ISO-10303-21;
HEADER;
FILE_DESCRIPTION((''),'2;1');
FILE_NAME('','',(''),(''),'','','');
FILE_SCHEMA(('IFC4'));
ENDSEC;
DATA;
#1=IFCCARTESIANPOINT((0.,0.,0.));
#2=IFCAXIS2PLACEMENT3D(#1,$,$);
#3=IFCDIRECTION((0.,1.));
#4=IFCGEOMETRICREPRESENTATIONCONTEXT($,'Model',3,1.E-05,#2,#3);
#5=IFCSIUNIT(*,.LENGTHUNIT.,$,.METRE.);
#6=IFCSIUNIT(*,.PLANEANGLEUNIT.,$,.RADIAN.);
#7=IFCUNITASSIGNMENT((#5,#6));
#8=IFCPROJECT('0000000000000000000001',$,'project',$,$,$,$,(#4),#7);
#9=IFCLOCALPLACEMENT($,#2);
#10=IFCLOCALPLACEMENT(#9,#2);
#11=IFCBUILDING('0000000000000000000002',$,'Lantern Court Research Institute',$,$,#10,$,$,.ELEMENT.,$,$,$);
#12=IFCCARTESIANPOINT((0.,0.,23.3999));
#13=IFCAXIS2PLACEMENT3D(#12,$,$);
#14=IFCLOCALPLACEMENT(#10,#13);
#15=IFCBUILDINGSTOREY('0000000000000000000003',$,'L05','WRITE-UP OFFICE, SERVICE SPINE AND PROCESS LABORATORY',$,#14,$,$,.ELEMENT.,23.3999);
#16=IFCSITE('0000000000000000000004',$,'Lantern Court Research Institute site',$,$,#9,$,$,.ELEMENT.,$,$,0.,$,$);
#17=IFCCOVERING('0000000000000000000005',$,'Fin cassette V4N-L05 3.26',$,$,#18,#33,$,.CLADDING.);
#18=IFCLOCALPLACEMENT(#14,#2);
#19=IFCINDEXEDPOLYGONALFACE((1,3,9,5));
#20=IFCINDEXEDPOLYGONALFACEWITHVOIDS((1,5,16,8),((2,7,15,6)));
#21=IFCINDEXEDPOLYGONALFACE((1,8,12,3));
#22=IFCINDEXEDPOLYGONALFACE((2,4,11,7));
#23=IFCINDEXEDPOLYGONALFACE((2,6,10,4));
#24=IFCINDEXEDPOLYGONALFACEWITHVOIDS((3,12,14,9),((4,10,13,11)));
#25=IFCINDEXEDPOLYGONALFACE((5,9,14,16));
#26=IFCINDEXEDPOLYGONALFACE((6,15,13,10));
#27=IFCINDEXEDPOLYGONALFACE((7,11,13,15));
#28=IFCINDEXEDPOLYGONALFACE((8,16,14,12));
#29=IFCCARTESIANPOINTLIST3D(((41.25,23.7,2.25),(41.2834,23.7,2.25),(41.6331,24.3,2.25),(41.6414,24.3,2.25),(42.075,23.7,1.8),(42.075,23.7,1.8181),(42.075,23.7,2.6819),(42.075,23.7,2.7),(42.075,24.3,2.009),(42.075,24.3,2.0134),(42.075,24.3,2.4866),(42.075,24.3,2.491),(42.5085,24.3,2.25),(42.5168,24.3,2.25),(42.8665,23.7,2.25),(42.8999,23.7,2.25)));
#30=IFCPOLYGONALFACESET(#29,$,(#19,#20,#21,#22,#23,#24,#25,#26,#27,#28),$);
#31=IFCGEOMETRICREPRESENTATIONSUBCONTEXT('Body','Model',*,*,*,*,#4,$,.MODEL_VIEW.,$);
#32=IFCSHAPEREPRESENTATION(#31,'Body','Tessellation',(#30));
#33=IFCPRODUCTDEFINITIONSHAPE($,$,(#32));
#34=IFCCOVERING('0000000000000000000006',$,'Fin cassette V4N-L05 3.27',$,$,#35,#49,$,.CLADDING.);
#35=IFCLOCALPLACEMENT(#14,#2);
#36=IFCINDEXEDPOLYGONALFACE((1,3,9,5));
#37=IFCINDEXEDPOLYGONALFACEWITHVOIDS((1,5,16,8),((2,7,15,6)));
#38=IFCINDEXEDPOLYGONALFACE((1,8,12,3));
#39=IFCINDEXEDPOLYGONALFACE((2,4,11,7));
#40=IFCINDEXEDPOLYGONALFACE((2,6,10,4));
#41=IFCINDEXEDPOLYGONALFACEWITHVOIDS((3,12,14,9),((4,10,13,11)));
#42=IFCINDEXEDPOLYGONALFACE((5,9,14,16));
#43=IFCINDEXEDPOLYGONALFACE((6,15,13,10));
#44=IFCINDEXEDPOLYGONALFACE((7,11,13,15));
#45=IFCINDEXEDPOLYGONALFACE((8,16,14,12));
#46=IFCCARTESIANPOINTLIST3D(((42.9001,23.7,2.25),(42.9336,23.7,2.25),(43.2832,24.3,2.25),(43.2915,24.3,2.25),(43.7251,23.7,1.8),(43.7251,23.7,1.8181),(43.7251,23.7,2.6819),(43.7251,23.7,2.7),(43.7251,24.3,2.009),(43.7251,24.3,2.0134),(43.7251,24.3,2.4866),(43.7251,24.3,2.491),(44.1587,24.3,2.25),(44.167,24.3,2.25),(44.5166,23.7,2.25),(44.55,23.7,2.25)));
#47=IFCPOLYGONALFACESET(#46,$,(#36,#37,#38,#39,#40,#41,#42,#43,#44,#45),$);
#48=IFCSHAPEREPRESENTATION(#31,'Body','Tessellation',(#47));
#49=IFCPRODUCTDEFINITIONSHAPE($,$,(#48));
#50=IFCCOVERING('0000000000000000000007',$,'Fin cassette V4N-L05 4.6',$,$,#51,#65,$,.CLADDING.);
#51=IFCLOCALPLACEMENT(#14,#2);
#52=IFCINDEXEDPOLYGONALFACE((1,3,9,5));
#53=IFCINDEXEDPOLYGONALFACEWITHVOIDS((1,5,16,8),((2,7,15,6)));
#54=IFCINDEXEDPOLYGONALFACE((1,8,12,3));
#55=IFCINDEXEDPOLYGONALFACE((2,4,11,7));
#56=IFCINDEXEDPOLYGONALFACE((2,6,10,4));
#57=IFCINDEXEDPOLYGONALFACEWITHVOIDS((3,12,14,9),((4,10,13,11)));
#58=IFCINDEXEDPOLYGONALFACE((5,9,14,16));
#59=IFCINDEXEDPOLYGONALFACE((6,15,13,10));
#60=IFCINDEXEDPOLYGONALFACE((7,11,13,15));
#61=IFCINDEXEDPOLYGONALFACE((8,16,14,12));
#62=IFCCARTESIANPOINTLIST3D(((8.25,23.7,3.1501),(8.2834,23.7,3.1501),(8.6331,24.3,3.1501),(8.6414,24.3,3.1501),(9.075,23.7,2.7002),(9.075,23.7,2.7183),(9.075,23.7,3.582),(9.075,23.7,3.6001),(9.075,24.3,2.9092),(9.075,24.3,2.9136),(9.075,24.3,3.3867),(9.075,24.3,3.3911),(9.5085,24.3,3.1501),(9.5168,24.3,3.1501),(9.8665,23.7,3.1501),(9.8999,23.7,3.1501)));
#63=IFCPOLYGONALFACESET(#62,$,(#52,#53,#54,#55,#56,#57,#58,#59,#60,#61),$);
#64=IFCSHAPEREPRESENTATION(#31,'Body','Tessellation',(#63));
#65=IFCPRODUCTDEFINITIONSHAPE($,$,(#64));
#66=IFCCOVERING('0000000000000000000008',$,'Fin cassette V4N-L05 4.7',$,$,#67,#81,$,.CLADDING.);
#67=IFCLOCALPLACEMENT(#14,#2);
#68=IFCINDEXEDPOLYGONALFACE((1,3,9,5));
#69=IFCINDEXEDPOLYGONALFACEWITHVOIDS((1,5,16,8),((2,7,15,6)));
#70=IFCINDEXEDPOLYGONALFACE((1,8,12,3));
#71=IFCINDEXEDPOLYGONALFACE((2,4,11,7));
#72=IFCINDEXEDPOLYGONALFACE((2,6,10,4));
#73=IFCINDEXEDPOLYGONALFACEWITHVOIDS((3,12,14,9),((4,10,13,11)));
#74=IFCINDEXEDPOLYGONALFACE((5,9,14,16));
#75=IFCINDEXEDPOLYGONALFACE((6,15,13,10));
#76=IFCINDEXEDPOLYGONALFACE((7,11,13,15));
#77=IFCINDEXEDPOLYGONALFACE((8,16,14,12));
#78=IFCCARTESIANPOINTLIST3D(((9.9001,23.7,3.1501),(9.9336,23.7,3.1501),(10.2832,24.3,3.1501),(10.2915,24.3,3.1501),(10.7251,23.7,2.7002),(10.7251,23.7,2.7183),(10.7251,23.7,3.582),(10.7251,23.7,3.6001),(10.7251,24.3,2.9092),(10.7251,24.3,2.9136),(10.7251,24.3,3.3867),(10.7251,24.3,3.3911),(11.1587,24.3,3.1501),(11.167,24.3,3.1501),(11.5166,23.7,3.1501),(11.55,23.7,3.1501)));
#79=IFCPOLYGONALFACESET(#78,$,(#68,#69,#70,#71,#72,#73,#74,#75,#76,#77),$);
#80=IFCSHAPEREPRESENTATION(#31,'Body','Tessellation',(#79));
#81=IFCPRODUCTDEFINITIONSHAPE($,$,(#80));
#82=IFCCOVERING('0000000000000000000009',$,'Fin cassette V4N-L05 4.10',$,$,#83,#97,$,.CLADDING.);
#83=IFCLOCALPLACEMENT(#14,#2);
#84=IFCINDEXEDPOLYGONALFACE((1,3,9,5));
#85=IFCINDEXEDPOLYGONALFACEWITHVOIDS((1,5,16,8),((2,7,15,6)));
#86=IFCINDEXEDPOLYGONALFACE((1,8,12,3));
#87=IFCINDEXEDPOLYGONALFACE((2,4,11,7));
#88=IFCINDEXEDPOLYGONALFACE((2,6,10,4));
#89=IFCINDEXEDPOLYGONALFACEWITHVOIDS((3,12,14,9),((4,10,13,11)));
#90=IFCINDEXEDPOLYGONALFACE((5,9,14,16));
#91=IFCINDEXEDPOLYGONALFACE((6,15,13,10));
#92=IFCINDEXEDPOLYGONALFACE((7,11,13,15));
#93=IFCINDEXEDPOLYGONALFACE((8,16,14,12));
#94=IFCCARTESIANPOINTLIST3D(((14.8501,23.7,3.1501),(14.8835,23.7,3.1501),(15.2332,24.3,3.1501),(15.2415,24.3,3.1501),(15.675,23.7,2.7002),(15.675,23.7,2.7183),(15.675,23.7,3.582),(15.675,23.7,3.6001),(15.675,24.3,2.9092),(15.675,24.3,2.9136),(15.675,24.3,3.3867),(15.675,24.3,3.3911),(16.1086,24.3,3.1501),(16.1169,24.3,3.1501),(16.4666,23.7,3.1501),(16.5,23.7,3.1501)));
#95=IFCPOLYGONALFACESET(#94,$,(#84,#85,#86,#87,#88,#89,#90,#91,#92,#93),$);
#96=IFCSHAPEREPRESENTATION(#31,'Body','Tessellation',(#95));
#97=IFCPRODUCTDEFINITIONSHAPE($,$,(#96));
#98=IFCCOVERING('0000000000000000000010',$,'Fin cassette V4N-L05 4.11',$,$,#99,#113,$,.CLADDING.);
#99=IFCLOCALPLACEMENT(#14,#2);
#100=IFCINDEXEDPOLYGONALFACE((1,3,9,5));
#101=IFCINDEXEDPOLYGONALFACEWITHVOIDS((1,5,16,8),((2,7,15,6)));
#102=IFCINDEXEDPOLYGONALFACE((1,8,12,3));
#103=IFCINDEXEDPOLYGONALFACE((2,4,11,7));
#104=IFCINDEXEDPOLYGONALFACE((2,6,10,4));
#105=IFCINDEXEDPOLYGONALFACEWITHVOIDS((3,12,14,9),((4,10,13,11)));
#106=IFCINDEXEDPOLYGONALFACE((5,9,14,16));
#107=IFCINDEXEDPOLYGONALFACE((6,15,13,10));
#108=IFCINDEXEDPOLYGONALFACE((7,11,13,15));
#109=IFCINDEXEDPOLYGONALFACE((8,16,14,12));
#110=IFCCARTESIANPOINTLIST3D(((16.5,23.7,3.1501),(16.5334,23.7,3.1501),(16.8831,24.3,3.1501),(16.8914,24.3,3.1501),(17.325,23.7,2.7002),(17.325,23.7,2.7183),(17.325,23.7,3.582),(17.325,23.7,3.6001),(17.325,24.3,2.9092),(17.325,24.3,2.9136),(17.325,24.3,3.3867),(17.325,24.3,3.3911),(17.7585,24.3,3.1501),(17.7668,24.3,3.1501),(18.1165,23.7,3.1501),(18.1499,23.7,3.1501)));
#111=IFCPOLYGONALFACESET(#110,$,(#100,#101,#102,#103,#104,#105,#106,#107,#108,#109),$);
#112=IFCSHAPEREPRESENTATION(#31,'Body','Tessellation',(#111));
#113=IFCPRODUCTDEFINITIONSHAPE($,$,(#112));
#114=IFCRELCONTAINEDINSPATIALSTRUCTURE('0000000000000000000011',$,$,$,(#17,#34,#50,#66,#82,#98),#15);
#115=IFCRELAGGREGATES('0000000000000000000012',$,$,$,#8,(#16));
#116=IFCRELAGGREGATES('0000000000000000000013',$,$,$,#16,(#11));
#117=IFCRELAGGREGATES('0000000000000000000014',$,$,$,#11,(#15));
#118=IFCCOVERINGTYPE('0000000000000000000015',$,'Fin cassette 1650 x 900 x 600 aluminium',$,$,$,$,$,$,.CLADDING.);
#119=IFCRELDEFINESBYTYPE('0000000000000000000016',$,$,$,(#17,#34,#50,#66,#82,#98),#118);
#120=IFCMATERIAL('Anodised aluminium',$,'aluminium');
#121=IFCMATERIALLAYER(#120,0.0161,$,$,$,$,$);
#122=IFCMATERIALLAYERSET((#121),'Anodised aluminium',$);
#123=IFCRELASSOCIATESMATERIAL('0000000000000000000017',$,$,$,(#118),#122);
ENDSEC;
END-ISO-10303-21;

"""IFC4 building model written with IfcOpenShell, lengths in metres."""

from ifc_helpers import new_model, entity, si_unit, direction, frame, origin, place, context, subcontext, project, spatial, material, layer, layer_set, type_object, element, save


model = new_model("IFC4")

# Units and contexts
model_context = context("Model", 3, precision=1e-05, world=origin(), true_north=direction((0.0, 1.0)))
body_context = subcontext(model_context, "Body", "Model", "MODEL_VIEW")
ifc_project = project(units=[si_unit("LENGTHUNIT", "METRE"), si_unit("PLANEANGLEUNIT", "RADIAN")], contexts=[model_context])

# Site, building, storey
site_placement = place(None, origin())
site = spatial("IfcSite", under=ifc_project, at=site_placement, Name="Lantern Court Research Institute site", CompositionType="ELEMENT", RefElevation=0.0)
building_placement = place(site_placement, origin())
building = spatial("IfcBuilding", under=site, at=building_placement, Name="Lantern Court Research Institute", CompositionType="ELEMENT")
storey_placement = place(building_placement, frame((0.0, 0.0, 23.3999)))
storey = spatial("IfcBuildingStorey", under=building, at=storey_placement, Name="L05", Description="WRITE-UP OFFICE, SERVICE SPINE AND PROCESS LABORATORY", CompositionType="ELEMENT", Elevation=23.3999)

# Coverings
ifc_material_1 = material(Name="Anodised aluminium", Category="aluminium")
ifc_layer_1 = layer(ifc_material_1, 0.0161)
ifc_layer_set_1 = layer_set([ifc_layer_1], Name="Anodised aluminium")
covering_type_1 = type_object("IfcCoveringType", Name="Fin cassette 1650 x 900 x 600 aluminium", PredefinedType="CLADDING", material=ifc_layer_set_1)
covering_1_placement = place(storey_placement, frame((42.075, 23.7, 2.25), z_axis=(0.0, 1.0, 0.0), x_axis=(-1.0, 0.0, 0.0)))
cartesian_point_1 = entity("IfcCartesianPoint", [0.825, 0.0])
cartesian_point_2 = entity("IfcCartesianPoint", [0.7915, 0.0])
cartesian_point_3 = entity("IfcCartesianPoint", [0.4419, 0.0])
cartesian_point_4 = entity("IfcCartesianPoint", [0.4336, 0.0])
element("IfcCovering", 1, at=covering_1_placement, inside=storey, type_object=covering_type_1, Name="Fin cassette V4N-L05 3.26", PredefinedType="CLADDING", context=body_context, shape_type="SweptSolid", body=[
    entity("IfcExtrudedAreaSolidTapered", entity("IfcArbitraryProfileDefWithVoids", "AREA", None, entity("IfcPolyline", [cartesian_point_1, entity("IfcCartesianPoint", [0.0, 0.45]), entity("IfcCartesianPoint", [-0.825, 0.0]), entity("IfcCartesianPoint", [0.0, -0.45]), cartesian_point_1]), [entity("IfcPolyline", [cartesian_point_2, entity("IfcCartesianPoint", [0.0, 0.4319]), entity("IfcCartesianPoint", [-0.7915, 0.0]), entity("IfcCartesianPoint", [0.0, -0.4319]), cartesian_point_2])]), entity("IfcAxis2Placement3D", entity("IfcCartesianPoint", [0.0, 0.0, 0.0])), entity("IfcDirection", [0.0, 0.0, 1.0]), 0.6001, entity("IfcArbitraryProfileDefWithVoids", "AREA", None, entity("IfcPolyline", [cartesian_point_3, entity("IfcCartesianPoint", [0.0, 0.241]), entity("IfcCartesianPoint", [-0.4419, 0.0]), entity("IfcCartesianPoint", [0.0, -0.241]), cartesian_point_3]), [entity("IfcPolyline", [cartesian_point_4, entity("IfcCartesianPoint", [0.0, 0.2366]), entity("IfcCartesianPoint", [-0.4336, 0.0]), entity("IfcCartesianPoint", [0.0, -0.2366]), cartesian_point_4])])),
])
covering_2_placement = place(storey_placement, frame((43.7251, 23.7, 2.25), z_axis=(0.0, 1.0, 0.0), x_axis=(-1.0, 0.0, 0.0)))
cartesian_point_5 = entity("IfcCartesianPoint", [0.825, 0.0])
cartesian_point_6 = entity("IfcCartesianPoint", [0.7915, 0.0])
cartesian_point_7 = entity("IfcCartesianPoint", [0.4419, 0.0])
cartesian_point_8 = entity("IfcCartesianPoint", [0.4336, 0.0])
element("IfcCovering", 2, at=covering_2_placement, inside=storey, type_object=covering_type_1, Name="Fin cassette V4N-L05 3.27", PredefinedType="CLADDING", context=body_context, shape_type="SweptSolid", body=[
    entity("IfcExtrudedAreaSolidTapered", entity("IfcArbitraryProfileDefWithVoids", "AREA", None, entity("IfcPolyline", [cartesian_point_5, entity("IfcCartesianPoint", [0.0, 0.45]), entity("IfcCartesianPoint", [-0.825, 0.0]), entity("IfcCartesianPoint", [0.0, -0.45]), cartesian_point_5]), [entity("IfcPolyline", [cartesian_point_6, entity("IfcCartesianPoint", [0.0, 0.4319]), entity("IfcCartesianPoint", [-0.7915, 0.0]), entity("IfcCartesianPoint", [0.0, -0.4319]), cartesian_point_6])]), entity("IfcAxis2Placement3D", entity("IfcCartesianPoint", [0.0, 0.0, 0.0])), entity("IfcDirection", [0.0, 0.0, 1.0]), 0.6001, entity("IfcArbitraryProfileDefWithVoids", "AREA", None, entity("IfcPolyline", [cartesian_point_7, entity("IfcCartesianPoint", [0.0, 0.241]), entity("IfcCartesianPoint", [-0.4419, 0.0]), entity("IfcCartesianPoint", [0.0, -0.241]), cartesian_point_7]), [entity("IfcPolyline", [cartesian_point_8, entity("IfcCartesianPoint", [0.0, 0.2366]), entity("IfcCartesianPoint", [-0.4336, 0.0]), entity("IfcCartesianPoint", [0.0, -0.2366]), cartesian_point_8])])),
])
covering_3_placement = place(storey_placement, frame((9.075, 23.7, 3.1501), z_axis=(0.0, 1.0, 0.0), x_axis=(-1.0, 0.0, 0.0)))
cartesian_point_9 = entity("IfcCartesianPoint", [0.825, 0.0])
cartesian_point_10 = entity("IfcCartesianPoint", [0.7915, 0.0])
cartesian_point_11 = entity("IfcCartesianPoint", [0.4419, 0.0])
cartesian_point_12 = entity("IfcCartesianPoint", [0.4336, 0.0])
element("IfcCovering", 3, at=covering_3_placement, inside=storey, type_object=covering_type_1, Name="Fin cassette V4N-L05 4.6", PredefinedType="CLADDING", context=body_context, shape_type="SweptSolid", body=[
    entity("IfcExtrudedAreaSolidTapered", entity("IfcArbitraryProfileDefWithVoids", "AREA", None, entity("IfcPolyline", [cartesian_point_9, entity("IfcCartesianPoint", [0.0, 0.45]), entity("IfcCartesianPoint", [-0.825, 0.0]), entity("IfcCartesianPoint", [0.0, -0.45]), cartesian_point_9]), [entity("IfcPolyline", [cartesian_point_10, entity("IfcCartesianPoint", [0.0, 0.4319]), entity("IfcCartesianPoint", [-0.7915, 0.0]), entity("IfcCartesianPoint", [0.0, -0.4319]), cartesian_point_10])]), entity("IfcAxis2Placement3D", entity("IfcCartesianPoint", [0.0, 0.0, 0.0])), entity("IfcDirection", [0.0, 0.0, 1.0]), 0.6001, entity("IfcArbitraryProfileDefWithVoids", "AREA", None, entity("IfcPolyline", [cartesian_point_11, entity("IfcCartesianPoint", [0.0, 0.241]), entity("IfcCartesianPoint", [-0.4419, 0.0]), entity("IfcCartesianPoint", [0.0, -0.241]), cartesian_point_11]), [entity("IfcPolyline", [cartesian_point_12, entity("IfcCartesianPoint", [0.0, 0.2366]), entity("IfcCartesianPoint", [-0.4336, 0.0]), entity("IfcCartesianPoint", [0.0, -0.2366]), cartesian_point_12])])),
])
covering_4_placement = place(storey_placement, frame((10.7251, 23.7, 3.1501), z_axis=(0.0, 1.0, 0.0), x_axis=(-1.0, 0.0, 0.0)))
cartesian_point_13 = entity("IfcCartesianPoint", [0.825, 0.0])
cartesian_point_14 = entity("IfcCartesianPoint", [0.7915, 0.0])
cartesian_point_15 = entity("IfcCartesianPoint", [0.4419, 0.0])
cartesian_point_16 = entity("IfcCartesianPoint", [0.4336, 0.0])
element("IfcCovering", 4, at=covering_4_placement, inside=storey, type_object=covering_type_1, Name="Fin cassette V4N-L05 4.7", PredefinedType="CLADDING", context=body_context, shape_type="SweptSolid", body=[
    entity("IfcExtrudedAreaSolidTapered", entity("IfcArbitraryProfileDefWithVoids", "AREA", None, entity("IfcPolyline", [cartesian_point_13, entity("IfcCartesianPoint", [0.0, 0.45]), entity("IfcCartesianPoint", [-0.825, 0.0]), entity("IfcCartesianPoint", [0.0, -0.45]), cartesian_point_13]), [entity("IfcPolyline", [cartesian_point_14, entity("IfcCartesianPoint", [0.0, 0.4319]), entity("IfcCartesianPoint", [-0.7915, 0.0]), entity("IfcCartesianPoint", [0.0, -0.4319]), cartesian_point_14])]), entity("IfcAxis2Placement3D", entity("IfcCartesianPoint", [0.0, 0.0, 0.0])), entity("IfcDirection", [0.0, 0.0, 1.0]), 0.6001, entity("IfcArbitraryProfileDefWithVoids", "AREA", None, entity("IfcPolyline", [cartesian_point_15, entity("IfcCartesianPoint", [0.0, 0.241]), entity("IfcCartesianPoint", [-0.4419, 0.0]), entity("IfcCartesianPoint", [0.0, -0.241]), cartesian_point_15]), [entity("IfcPolyline", [cartesian_point_16, entity("IfcCartesianPoint", [0.0, 0.2366]), entity("IfcCartesianPoint", [-0.4336, 0.0]), entity("IfcCartesianPoint", [0.0, -0.2366]), cartesian_point_16])])),
])
covering_5_placement = place(storey_placement, frame((15.675, 23.7, 3.1501), z_axis=(0.0, 1.0, 0.0), x_axis=(-1.0, 0.0, 0.0)))
cartesian_point_17 = entity("IfcCartesianPoint", [0.825, 0.0])
cartesian_point_18 = entity("IfcCartesianPoint", [0.7915, 0.0])
cartesian_point_19 = entity("IfcCartesianPoint", [0.4419, 0.0])
cartesian_point_20 = entity("IfcCartesianPoint", [0.4336, 0.0])
element("IfcCovering", 5, at=covering_5_placement, inside=storey, type_object=covering_type_1, Name="Fin cassette V4N-L05 4.10", PredefinedType="CLADDING", context=body_context, shape_type="SweptSolid", body=[
    entity("IfcExtrudedAreaSolidTapered", entity("IfcArbitraryProfileDefWithVoids", "AREA", None, entity("IfcPolyline", [cartesian_point_17, entity("IfcCartesianPoint", [0.0, 0.45]), entity("IfcCartesianPoint", [-0.825, 0.0]), entity("IfcCartesianPoint", [0.0, -0.45]), cartesian_point_17]), [entity("IfcPolyline", [cartesian_point_18, entity("IfcCartesianPoint", [0.0, 0.4319]), entity("IfcCartesianPoint", [-0.7915, 0.0]), entity("IfcCartesianPoint", [0.0, -0.4319]), cartesian_point_18])]), entity("IfcAxis2Placement3D", entity("IfcCartesianPoint", [0.0, 0.0, 0.0])), entity("IfcDirection", [0.0, 0.0, 1.0]), 0.6001, entity("IfcArbitraryProfileDefWithVoids", "AREA", None, entity("IfcPolyline", [cartesian_point_19, entity("IfcCartesianPoint", [0.0, 0.241]), entity("IfcCartesianPoint", [-0.4419, 0.0]), entity("IfcCartesianPoint", [0.0, -0.241]), cartesian_point_19]), [entity("IfcPolyline", [cartesian_point_20, entity("IfcCartesianPoint", [0.0, 0.2366]), entity("IfcCartesianPoint", [-0.4336, 0.0]), entity("IfcCartesianPoint", [0.0, -0.2366]), cartesian_point_20])])),
])
covering_6_placement = place(storey_placement, frame((17.325, 23.7, 3.1501), z_axis=(0.0, 1.0, 0.0), x_axis=(-1.0, 0.0, 0.0)))
cartesian_point_21 = entity("IfcCartesianPoint", [0.825, 0.0])
cartesian_point_22 = entity("IfcCartesianPoint", [0.7915, 0.0])
cartesian_point_23 = entity("IfcCartesianPoint", [0.4419, 0.0])
cartesian_point_24 = entity("IfcCartesianPoint", [0.4336, 0.0])
element("IfcCovering", 6, at=covering_6_placement, inside=storey, type_object=covering_type_1, Name="Fin cassette V4N-L05 4.11", PredefinedType="CLADDING", context=body_context, shape_type="SweptSolid", body=[
    entity("IfcExtrudedAreaSolidTapered", entity("IfcArbitraryProfileDefWithVoids", "AREA", None, entity("IfcPolyline", [cartesian_point_21, entity("IfcCartesianPoint", [0.0, 0.45]), entity("IfcCartesianPoint", [-0.825, 0.0]), entity("IfcCartesianPoint", [0.0, -0.45]), cartesian_point_21]), [entity("IfcPolyline", [cartesian_point_22, entity("IfcCartesianPoint", [0.0, 0.4319]), entity("IfcCartesianPoint", [-0.7915, 0.0]), entity("IfcCartesianPoint", [0.0, -0.4319]), cartesian_point_22])]), entity("IfcAxis2Placement3D", entity("IfcCartesianPoint", [0.0, 0.0, 0.0])), entity("IfcDirection", [0.0, 0.0, 1.0]), 0.6001, entity("IfcArbitraryProfileDefWithVoids", "AREA", None, entity("IfcPolyline", [cartesian_point_23, entity("IfcCartesianPoint", [0.0, 0.241]), entity("IfcCartesianPoint", [-0.4419, 0.0]), entity("IfcCartesianPoint", [0.0, -0.241]), cartesian_point_23]), [entity("IfcPolyline", [cartesian_point_24, entity("IfcCartesianPoint", [0.0, 0.2366]), entity("IfcCartesianPoint", [-0.4336, 0.0]), entity("IfcCartesianPoint", [0.0, -0.2366]), cartesian_point_24])])),
])

save(model, "model.ifc")
